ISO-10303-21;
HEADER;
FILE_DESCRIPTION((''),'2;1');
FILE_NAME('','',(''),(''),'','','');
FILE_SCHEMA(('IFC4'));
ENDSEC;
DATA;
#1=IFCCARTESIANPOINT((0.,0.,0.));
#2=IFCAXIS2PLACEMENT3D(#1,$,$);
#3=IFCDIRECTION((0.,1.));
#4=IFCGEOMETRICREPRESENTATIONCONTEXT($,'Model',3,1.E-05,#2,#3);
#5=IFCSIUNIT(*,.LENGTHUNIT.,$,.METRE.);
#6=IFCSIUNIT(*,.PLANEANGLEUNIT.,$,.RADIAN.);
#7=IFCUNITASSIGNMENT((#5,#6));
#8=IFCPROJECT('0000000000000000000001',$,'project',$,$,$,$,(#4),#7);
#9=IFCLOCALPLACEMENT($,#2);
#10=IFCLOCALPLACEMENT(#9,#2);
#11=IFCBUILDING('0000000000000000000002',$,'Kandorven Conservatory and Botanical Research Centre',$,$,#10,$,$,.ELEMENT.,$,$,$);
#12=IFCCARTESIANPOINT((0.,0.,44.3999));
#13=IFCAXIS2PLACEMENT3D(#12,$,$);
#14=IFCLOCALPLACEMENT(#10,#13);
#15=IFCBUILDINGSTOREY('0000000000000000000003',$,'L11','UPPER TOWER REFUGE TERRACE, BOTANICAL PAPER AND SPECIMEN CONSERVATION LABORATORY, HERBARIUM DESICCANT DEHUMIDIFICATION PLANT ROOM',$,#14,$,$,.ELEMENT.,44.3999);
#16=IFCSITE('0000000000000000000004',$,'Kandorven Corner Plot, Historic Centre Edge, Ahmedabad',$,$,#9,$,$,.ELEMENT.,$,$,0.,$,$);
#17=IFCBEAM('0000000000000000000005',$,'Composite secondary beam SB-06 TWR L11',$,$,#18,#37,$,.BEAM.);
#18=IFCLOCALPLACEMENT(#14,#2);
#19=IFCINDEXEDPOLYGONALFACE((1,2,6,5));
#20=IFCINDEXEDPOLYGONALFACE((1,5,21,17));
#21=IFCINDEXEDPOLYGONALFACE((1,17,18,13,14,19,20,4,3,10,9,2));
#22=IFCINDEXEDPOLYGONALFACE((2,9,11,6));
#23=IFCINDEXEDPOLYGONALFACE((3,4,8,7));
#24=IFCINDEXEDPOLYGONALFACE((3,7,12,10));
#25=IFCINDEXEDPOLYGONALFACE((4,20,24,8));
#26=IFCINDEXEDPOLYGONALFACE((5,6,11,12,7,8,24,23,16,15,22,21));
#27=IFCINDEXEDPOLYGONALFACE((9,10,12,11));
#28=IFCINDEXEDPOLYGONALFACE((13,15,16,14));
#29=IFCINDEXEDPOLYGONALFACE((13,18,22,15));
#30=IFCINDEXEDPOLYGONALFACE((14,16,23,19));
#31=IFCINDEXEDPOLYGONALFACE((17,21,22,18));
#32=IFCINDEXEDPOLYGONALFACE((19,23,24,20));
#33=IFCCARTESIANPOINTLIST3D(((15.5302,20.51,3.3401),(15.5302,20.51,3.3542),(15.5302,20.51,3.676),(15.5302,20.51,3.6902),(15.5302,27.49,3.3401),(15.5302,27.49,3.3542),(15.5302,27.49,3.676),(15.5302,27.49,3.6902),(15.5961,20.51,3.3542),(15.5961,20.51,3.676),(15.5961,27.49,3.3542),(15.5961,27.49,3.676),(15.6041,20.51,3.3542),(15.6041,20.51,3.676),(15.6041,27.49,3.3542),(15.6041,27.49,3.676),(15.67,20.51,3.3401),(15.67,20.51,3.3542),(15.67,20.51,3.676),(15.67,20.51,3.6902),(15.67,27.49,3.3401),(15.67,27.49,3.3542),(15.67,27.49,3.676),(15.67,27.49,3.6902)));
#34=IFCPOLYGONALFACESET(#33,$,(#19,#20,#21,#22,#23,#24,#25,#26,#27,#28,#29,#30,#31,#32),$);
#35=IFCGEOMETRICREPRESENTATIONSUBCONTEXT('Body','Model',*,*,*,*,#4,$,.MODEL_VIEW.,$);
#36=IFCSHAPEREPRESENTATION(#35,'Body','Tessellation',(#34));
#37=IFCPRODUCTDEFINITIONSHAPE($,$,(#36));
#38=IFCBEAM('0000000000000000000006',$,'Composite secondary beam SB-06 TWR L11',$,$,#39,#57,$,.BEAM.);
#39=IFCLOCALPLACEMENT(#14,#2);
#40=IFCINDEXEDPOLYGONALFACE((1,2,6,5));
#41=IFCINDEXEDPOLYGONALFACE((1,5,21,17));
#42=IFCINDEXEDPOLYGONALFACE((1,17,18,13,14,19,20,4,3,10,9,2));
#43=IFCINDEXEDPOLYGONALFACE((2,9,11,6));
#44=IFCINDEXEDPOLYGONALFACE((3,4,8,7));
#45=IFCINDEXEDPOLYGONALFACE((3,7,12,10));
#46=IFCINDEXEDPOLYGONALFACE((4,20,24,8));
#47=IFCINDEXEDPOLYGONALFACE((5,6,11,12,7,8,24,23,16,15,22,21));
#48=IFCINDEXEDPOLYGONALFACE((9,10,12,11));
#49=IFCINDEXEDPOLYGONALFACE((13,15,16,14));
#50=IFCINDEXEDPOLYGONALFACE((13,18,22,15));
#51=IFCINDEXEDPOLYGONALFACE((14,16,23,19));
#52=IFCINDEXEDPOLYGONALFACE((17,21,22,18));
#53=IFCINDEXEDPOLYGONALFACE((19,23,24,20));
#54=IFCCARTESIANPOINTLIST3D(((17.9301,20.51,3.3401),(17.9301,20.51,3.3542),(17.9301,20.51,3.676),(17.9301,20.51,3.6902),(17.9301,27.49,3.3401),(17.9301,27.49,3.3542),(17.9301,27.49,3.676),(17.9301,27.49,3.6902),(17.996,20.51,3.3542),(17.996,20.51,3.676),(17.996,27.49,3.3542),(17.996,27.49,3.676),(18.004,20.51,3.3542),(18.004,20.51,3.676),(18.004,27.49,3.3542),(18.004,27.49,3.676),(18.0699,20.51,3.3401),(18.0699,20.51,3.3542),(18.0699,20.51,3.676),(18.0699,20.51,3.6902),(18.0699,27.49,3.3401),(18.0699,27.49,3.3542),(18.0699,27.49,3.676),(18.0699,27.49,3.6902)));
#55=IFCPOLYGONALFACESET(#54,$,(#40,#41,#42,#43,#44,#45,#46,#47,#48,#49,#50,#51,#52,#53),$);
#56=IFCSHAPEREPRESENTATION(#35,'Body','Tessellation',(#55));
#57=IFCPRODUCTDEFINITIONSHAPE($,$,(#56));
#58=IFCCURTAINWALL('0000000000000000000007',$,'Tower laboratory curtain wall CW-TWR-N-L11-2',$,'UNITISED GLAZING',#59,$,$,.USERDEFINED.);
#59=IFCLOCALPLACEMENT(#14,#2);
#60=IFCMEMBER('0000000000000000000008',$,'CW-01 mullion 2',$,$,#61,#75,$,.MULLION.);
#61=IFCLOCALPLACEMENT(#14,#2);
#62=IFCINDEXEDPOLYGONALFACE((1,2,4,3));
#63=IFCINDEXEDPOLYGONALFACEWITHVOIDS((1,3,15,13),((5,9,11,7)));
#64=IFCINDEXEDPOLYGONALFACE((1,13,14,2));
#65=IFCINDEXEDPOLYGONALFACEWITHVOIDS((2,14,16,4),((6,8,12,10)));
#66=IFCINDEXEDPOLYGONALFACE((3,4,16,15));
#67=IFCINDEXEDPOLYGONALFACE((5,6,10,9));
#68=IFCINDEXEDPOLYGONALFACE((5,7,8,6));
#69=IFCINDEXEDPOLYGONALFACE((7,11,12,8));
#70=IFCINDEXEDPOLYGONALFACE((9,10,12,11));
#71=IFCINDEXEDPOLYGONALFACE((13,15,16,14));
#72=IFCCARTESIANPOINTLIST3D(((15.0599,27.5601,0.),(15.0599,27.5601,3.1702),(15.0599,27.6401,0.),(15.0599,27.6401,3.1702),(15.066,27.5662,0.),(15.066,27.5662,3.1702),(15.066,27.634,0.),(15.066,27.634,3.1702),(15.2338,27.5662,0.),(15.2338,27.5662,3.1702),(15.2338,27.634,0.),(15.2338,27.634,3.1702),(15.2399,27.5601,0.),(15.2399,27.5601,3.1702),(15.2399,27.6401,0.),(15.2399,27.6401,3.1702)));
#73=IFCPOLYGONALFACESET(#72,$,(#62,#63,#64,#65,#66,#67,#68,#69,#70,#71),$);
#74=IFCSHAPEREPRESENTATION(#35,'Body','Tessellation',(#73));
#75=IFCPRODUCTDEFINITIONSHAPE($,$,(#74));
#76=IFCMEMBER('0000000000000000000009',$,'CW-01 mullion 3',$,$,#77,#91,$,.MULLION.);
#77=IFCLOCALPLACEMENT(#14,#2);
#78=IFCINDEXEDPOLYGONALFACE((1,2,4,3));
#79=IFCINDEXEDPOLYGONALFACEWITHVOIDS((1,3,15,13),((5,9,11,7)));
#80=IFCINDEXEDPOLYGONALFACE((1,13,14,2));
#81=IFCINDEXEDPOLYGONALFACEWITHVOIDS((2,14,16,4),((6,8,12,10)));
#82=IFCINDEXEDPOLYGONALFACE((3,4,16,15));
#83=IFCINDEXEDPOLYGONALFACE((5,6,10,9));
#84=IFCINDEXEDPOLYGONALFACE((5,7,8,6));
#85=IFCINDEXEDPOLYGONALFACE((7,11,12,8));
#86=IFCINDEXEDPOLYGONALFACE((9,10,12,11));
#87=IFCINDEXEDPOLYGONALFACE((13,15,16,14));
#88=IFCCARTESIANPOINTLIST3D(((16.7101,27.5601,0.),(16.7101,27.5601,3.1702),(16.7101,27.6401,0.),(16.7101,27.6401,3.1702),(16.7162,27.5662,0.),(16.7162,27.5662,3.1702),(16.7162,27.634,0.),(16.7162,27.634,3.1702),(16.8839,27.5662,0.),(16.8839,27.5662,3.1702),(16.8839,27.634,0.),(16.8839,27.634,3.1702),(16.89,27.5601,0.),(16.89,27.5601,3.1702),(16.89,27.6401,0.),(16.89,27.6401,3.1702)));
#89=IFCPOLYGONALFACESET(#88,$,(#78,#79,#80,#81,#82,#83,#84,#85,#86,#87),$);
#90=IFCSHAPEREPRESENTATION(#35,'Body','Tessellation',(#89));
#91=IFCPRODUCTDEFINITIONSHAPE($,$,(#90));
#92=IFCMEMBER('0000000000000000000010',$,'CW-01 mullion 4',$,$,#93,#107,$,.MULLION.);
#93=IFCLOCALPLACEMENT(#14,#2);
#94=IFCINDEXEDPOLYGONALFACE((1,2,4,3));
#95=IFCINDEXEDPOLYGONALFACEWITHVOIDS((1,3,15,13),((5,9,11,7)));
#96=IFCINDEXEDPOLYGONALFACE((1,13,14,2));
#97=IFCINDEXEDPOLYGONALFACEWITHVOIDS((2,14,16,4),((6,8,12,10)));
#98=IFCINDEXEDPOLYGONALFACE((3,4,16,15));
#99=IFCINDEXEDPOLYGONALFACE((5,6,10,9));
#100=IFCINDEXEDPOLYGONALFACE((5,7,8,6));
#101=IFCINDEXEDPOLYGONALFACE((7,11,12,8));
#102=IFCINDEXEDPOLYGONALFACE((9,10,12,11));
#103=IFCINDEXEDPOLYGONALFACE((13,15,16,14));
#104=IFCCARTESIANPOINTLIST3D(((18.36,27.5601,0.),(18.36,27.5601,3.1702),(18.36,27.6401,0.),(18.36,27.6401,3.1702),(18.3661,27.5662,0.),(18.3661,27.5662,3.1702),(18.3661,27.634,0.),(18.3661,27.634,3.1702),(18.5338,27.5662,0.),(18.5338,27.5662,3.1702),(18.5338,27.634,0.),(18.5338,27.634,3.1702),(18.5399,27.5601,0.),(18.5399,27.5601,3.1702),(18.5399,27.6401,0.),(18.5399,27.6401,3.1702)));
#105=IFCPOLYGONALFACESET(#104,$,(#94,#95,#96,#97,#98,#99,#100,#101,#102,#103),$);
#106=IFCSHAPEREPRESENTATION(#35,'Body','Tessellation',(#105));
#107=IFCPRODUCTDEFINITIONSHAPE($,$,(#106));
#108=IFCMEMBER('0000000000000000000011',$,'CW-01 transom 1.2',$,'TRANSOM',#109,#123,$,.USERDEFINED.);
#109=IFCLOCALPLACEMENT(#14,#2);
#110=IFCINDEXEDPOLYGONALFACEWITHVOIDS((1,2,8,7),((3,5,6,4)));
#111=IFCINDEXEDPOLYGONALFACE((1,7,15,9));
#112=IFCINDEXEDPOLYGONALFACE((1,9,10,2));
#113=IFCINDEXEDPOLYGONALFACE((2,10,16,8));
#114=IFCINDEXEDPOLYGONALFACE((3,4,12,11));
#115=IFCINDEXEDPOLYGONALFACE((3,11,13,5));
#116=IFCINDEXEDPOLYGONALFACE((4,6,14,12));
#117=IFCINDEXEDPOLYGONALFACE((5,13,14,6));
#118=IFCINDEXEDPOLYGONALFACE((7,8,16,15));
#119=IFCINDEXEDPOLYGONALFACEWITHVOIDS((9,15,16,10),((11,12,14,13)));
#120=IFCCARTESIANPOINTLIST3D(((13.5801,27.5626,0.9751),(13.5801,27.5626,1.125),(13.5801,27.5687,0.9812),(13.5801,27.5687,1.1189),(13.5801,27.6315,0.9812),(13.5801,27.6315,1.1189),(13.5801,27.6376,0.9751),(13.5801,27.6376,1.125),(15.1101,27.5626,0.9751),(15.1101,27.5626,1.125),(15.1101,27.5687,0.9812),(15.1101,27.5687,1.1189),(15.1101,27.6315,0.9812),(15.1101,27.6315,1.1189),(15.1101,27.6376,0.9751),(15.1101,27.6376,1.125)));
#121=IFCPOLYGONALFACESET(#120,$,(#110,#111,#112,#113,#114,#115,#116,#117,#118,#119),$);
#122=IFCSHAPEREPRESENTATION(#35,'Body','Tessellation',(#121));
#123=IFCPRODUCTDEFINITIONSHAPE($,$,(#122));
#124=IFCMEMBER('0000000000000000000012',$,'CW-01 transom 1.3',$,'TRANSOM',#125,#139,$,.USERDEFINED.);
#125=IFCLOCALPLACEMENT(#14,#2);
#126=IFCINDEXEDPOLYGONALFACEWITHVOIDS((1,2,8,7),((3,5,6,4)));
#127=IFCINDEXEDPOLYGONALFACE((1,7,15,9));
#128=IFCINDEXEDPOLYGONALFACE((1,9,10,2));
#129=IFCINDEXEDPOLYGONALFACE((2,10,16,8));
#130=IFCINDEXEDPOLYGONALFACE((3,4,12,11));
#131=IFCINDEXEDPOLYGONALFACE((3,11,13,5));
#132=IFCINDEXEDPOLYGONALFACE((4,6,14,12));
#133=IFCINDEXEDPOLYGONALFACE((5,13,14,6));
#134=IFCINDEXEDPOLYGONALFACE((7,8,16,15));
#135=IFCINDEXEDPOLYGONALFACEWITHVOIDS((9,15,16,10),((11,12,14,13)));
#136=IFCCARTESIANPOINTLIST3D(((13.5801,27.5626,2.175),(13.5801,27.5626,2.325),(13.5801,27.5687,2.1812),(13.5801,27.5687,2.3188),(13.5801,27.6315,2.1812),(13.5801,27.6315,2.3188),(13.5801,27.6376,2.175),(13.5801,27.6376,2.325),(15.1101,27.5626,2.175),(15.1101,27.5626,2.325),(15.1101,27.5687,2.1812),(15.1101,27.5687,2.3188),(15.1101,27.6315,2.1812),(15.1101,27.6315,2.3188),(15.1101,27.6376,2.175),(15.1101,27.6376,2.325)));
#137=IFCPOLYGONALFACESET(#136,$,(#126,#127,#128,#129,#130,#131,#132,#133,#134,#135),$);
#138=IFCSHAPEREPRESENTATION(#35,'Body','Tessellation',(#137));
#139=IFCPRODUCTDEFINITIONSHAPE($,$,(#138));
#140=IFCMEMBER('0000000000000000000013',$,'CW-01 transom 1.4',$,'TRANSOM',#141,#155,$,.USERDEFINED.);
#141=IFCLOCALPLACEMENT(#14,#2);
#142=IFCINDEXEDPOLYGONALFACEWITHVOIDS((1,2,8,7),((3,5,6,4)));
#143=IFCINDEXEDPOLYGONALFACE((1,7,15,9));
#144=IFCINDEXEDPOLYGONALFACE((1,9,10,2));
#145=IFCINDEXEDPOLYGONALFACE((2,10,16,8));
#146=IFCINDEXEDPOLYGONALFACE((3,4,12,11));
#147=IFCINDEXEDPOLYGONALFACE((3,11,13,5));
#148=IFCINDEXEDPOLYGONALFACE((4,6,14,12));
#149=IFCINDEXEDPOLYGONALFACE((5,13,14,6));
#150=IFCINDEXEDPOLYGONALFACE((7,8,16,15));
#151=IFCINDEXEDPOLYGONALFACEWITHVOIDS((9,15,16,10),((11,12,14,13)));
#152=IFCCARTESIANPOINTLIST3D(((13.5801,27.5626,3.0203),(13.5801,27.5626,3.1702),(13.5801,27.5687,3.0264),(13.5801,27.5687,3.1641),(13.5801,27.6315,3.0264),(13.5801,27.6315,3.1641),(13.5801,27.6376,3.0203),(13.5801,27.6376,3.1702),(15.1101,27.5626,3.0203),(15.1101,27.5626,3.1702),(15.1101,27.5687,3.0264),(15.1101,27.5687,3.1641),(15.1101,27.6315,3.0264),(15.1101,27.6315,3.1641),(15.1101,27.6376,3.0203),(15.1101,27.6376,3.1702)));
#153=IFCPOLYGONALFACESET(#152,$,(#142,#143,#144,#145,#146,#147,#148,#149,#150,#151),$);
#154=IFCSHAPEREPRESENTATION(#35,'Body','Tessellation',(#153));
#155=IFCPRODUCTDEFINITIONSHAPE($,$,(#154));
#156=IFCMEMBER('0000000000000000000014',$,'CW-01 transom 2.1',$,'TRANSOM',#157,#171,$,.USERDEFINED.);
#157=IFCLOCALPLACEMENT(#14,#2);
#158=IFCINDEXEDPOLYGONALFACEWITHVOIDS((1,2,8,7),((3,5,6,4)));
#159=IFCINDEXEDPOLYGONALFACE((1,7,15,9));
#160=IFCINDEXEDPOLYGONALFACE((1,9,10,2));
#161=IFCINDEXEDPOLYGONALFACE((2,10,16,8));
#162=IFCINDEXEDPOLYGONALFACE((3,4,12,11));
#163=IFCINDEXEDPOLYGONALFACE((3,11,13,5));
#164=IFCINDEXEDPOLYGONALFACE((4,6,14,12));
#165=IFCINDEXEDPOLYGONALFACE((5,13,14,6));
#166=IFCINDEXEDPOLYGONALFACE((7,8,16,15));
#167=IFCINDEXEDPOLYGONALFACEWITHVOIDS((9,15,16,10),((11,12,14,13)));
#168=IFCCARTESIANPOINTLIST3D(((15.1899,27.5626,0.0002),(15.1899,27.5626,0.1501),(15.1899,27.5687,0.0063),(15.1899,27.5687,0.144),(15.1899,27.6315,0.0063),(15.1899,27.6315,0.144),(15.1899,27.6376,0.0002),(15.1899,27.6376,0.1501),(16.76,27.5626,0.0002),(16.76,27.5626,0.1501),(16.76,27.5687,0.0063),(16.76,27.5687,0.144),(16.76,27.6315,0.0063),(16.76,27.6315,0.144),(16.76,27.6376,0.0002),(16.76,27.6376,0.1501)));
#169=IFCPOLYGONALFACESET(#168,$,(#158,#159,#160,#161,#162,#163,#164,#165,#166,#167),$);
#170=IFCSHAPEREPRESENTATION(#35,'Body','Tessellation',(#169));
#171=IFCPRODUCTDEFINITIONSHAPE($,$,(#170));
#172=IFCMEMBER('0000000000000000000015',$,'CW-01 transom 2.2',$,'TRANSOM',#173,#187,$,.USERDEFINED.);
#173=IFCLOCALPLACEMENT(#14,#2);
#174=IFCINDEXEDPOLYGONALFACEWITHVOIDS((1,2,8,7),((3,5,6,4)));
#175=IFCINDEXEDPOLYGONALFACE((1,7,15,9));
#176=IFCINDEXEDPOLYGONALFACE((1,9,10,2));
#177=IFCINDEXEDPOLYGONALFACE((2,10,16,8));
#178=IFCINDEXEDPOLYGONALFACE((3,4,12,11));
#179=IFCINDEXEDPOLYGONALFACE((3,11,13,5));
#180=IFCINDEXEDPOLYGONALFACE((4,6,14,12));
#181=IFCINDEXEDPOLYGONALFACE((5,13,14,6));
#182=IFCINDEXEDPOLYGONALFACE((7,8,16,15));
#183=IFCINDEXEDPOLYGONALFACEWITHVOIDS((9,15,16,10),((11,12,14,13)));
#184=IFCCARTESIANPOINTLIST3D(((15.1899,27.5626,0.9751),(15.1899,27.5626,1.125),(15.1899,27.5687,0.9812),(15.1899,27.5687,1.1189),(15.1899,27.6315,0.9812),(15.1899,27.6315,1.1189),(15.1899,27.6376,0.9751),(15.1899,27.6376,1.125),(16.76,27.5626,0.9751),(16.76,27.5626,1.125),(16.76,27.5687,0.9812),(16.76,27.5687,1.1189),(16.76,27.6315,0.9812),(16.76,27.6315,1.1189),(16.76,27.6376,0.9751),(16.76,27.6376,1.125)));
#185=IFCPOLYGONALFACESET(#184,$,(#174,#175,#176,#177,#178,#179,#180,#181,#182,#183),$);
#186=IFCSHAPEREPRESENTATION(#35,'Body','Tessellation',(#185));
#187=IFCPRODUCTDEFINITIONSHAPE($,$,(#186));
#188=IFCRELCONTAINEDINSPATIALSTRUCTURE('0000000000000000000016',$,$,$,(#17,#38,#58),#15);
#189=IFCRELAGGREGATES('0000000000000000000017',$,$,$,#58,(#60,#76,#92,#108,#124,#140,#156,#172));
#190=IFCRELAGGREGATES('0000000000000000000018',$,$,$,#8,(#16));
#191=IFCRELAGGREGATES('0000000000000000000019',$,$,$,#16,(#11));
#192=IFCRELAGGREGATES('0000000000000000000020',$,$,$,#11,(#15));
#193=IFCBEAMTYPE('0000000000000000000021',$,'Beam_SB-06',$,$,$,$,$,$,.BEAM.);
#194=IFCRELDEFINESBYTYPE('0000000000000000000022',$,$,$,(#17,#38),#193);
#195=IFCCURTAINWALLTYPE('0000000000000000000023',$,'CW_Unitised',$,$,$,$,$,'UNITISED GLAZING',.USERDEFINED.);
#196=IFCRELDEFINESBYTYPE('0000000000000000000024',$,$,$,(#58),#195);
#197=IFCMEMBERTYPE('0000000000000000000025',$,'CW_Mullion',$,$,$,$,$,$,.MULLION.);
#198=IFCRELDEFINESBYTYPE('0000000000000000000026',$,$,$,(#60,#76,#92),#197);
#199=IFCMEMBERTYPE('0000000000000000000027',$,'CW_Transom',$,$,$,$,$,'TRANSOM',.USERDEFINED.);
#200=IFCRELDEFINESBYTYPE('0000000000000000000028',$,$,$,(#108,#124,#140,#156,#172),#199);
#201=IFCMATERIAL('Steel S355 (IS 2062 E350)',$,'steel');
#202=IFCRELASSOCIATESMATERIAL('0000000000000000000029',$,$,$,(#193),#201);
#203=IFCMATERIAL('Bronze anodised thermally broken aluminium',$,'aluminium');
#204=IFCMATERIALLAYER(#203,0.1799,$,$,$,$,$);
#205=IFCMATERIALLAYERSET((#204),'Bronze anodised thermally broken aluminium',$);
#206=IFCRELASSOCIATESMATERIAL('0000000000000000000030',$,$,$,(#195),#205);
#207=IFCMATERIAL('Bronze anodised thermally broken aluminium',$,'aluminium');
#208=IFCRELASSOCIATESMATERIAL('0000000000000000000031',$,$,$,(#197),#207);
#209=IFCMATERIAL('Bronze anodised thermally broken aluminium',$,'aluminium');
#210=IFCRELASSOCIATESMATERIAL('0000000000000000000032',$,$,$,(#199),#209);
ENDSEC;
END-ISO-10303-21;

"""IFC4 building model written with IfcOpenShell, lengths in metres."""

from ifc_helpers import new_model, si_unit, direction, frame, origin, origin_2d, place, context, subcontext, project, spatial, hollow_rectangle, i_section, extrude, material, layer, layer_set, material_profile, profile_set, type_object, element, aggregate, save


model = new_model("IFC4")

# Units and contexts
model_context = context("Model", 3, precision=1e-05, world=origin(), true_north=direction((0.0, 1.0)))
body_context = subcontext(model_context, "Body", "Model", "MODEL_VIEW")
ifc_project = project(units=[si_unit("LENGTHUNIT", "METRE"), si_unit("PLANEANGLEUNIT", "RADIAN")], contexts=[model_context])

# Site, building, storey
site_placement = place(None, origin())
site = spatial("IfcSite", under=ifc_project, at=site_placement, Name="Kandorven Corner Plot, Historic Centre Edge, Ahmedabad", CompositionType="ELEMENT", RefElevation=0.0)
building_placement = place(site_placement, origin())
building = spatial("IfcBuilding", under=site, at=building_placement, Name="Kandorven Conservatory and Botanical Research Centre", CompositionType="ELEMENT")
storey_placement = place(building_placement, frame((0.0, 0.0, 44.3999)))
storey = spatial("IfcBuildingStorey", under=building, at=storey_placement, Name="L11", Description="UPPER TOWER REFUGE TERRACE, BOTANICAL PAPER AND SPECIMEN CONSERVATION LABORATORY, HERBARIUM DESICCANT DEHUMIDIFICATION PLANT ROOM", CompositionType="ELEMENT", Elevation=44.3999)

# Beams
ifc_material_1 = material(Name="Steel S355 (IS 2062 E350)", Category="steel")
ifc_material_profile_1 = material_profile(ifc_material_1, i_section(OverallWidth=0.1399, OverallDepth=0.3501, WebThickness=0.0081, FlangeThickness=0.0142, at=origin_2d()))
ifc_profile_set_1 = profile_set([ifc_material_profile_1], Name="Steel S355 (IS 2062 E350)")
beam_type = type_object("IfcBeamType", Name="Beam_SB-06", PredefinedType="BEAM", material=ifc_profile_set_1)
for number, where, z_axis, x_axis, name in (
    (1, (15.6001, 20.51, 3.5151), (0.0, 1.0, 0.0), (-1.0, 0.0, 0.0), "Composite secondary beam SB-06 TWR L11"),
    (2, (18.0, 20.51, 3.5151), (0.0, 1.0, 0.0), (-1.0, 0.0, 0.0), "Composite secondary beam SB-06 TWR L11"),
):
    element("IfcBeam", number, at=place(storey_placement, frame(where, z_axis=z_axis, x_axis=x_axis)), inside=storey, type_object=beam_type, Name=name, PredefinedType="BEAM", context=body_context, shape_type="SweptSolid", body=[
        extrude(i_section(OverallWidth=0.1399, OverallDepth=0.3501, WebThickness=0.0081, FlangeThickness=0.0142, at=origin_2d()), origin(), (0.0, 0.0, 1.0), 6.98),
    ])

# Curtain wall, members
ifc_material_2 = material(Name="Bronze anodised thermally broken aluminium", Category="aluminium")
ifc_layer_1 = layer(ifc_material_2, 0.1799)
ifc_layer_set_1 = layer_set([ifc_layer_1], Name="Bronze anodised thermally broken aluminium")
curtain_wall_type = type_object("IfcCurtainWallType", Name="CW_Unitised", ElementType="UNITISED GLAZING", PredefinedType="USERDEFINED", material=ifc_layer_set_1)
curtain_wall_placement = place(storey_placement, origin())
curtain_wall = element("IfcCurtainWall", 3, at=curtain_wall_placement, inside=storey, type_object=curtain_wall_type, Name="Tower laboratory curtain wall CW-TWR-N-L11-2", ObjectType="UNITISED GLAZING", PredefinedType="USERDEFINED")
ifc_material_3 = material(Name="Bronze anodised thermally broken aluminium", Category="aluminium")
ifc_material_profile_2 = material_profile(ifc_material_3, hollow_rectangle(XDim=0.0801, YDim=0.1799, WallThickness=0.0061, at=origin_2d()))
ifc_profile_set_2 = profile_set([ifc_material_profile_2], Name="Bronze anodised thermally broken aluminium")
member_type_1 = type_object("IfcMemberType", Name="CW_Mullion", PredefinedType="MULLION", material=ifc_profile_set_2)
member_1_placement = place(storey_placement, frame((15.1499, 27.6001, 0.0), z_axis=(0.0, 0.0, 1.0), x_axis=(0.0, 1.0, 0.0)))
member_1 = element("IfcMember", 4, at=member_1_placement, type_object=member_type_1, Name="CW-01 mullion 2", PredefinedType="MULLION", context=body_context, shape_type="SweptSolid", body=[
    extrude(hollow_rectangle(XDim=0.0801, YDim=0.1799, WallThickness=0.0061, at=origin_2d()), origin(), (0.0, 0.0, 1.0), 3.1702),
])
member_2_placement = place(storey_placement, frame((16.8, 27.6001, 0.0), z_axis=(0.0, 0.0, 1.0), x_axis=(0.0, 1.0, 0.0)))
member_2 = element("IfcMember", 5, at=member_2_placement, type_object=member_type_1, Name="CW-01 mullion 3", PredefinedType="MULLION", context=body_context, shape_type="SweptSolid", body=[
    extrude(hollow_rectangle(XDim=0.0801, YDim=0.1799, WallThickness=0.0061, at=origin_2d()), origin(), (0.0, 0.0, 1.0), 3.1702),
])
member_3_placement = place(storey_placement, frame((18.45, 27.6001, 0.0), z_axis=(0.0, 0.0, 1.0), x_axis=(0.0, 1.0, 0.0)))
member_3 = element("IfcMember", 6, at=member_3_placement, type_object=member_type_1, Name="CW-01 mullion 4", PredefinedType="MULLION", context=body_context, shape_type="SweptSolid", body=[
    extrude(hollow_rectangle(XDim=0.0801, YDim=0.1799, WallThickness=0.0061, at=origin_2d()), origin(), (0.0, 0.0, 1.0), 3.1702),
])
ifc_material_4 = material(Name="Bronze anodised thermally broken aluminium", Category="aluminium")
ifc_material_profile_3 = material_profile(ifc_material_4, hollow_rectangle(XDim=0.075, YDim=0.1499, WallThickness=0.0061, at=origin_2d()))
ifc_profile_set_3 = profile_set([ifc_material_profile_3], Name="Bronze anodised thermally broken aluminium")
member_type_2 = type_object("IfcMemberType", Name="CW_Transom", ElementType="TRANSOM", PredefinedType="USERDEFINED", material=ifc_profile_set_3)
member_4_placement = place(storey_placement, frame((13.5801, 27.6001, 1.05), z_axis=(1.0, 0.0, 0.0), x_axis=(0.0, 1.0, 0.0)))
member_4 = element("IfcMember", 7, at=member_4_placement, type_object=member_type_2, Name="CW-01 transom 1.2", ObjectType="TRANSOM", PredefinedType="USERDEFINED", context=body_context, shape_type="SweptSolid", body=[
    extrude(hollow_rectangle(XDim=0.075, YDim=0.1499, WallThickness=0.0061, at=origin_2d()), origin(), (0.0, 0.0, 1.0), 1.53),
])
member_5_placement = place(storey_placement, frame((13.5801, 27.6001, 2.25), z_axis=(1.0, 0.0, 0.0), x_axis=(0.0, 1.0, 0.0)))
member_5 = element("IfcMember", 8, at=member_5_placement, type_object=member_type_2, Name="CW-01 transom 1.3", ObjectType="TRANSOM", PredefinedType="USERDEFINED", context=body_context, shape_type="SweptSolid", body=[
    extrude(hollow_rectangle(XDim=0.075, YDim=0.1499, WallThickness=0.0061, at=origin_2d()), origin(), (0.0, 0.0, 1.0), 1.53),
])
member_6_placement = place(storey_placement, frame((13.5801, 27.6001, 3.0952), z_axis=(1.0, 0.0, 0.0), x_axis=(0.0, 1.0, 0.0)))
member_6 = element("IfcMember", 9, at=member_6_placement, type_object=member_type_2, Name="CW-01 transom 1.4", ObjectType="TRANSOM", PredefinedType="USERDEFINED", context=body_context, shape_type="SweptSolid", body=[
    extrude(hollow_rectangle(XDim=0.075, YDim=0.1499, WallThickness=0.0061, at=origin_2d()), origin(), (0.0, 0.0, 1.0), 1.53),
])
member_7_placement = place(storey_placement, frame((15.1899, 27.6001, 0.0752), z_axis=(1.0, 0.0, 0.0), x_axis=(0.0, 1.0, 0.0)))
member_7 = element("IfcMember", 10, at=member_7_placement, type_object=member_type_2, Name="CW-01 transom 2.1", ObjectType="TRANSOM", PredefinedType="USERDEFINED", context=body_context, shape_type="SweptSolid", body=[
    extrude(hollow_rectangle(XDim=0.075, YDim=0.1499, WallThickness=0.0061, at=origin_2d()), origin(), (0.0, 0.0, 1.0), 1.5701),
])
member_8_placement = place(storey_placement, frame((15.1899, 27.6001, 1.05), z_axis=(1.0, 0.0, 0.0), x_axis=(0.0, 1.0, 0.0)))
member_8 = element("IfcMember", 11, at=member_8_placement, type_object=member_type_2, Name="CW-01 transom 2.2", ObjectType="TRANSOM", PredefinedType="USERDEFINED", context=body_context, shape_type="SweptSolid", body=[
    extrude(hollow_rectangle(XDim=0.075, YDim=0.1499, WallThickness=0.0061, at=origin_2d()), origin(), (0.0, 0.0, 1.0), 1.5701),
])
aggregate(curtain_wall, [member_1, member_2, member_3, member_4, member_5, member_6, member_7, member_8])

save(model, "model.ifc")
